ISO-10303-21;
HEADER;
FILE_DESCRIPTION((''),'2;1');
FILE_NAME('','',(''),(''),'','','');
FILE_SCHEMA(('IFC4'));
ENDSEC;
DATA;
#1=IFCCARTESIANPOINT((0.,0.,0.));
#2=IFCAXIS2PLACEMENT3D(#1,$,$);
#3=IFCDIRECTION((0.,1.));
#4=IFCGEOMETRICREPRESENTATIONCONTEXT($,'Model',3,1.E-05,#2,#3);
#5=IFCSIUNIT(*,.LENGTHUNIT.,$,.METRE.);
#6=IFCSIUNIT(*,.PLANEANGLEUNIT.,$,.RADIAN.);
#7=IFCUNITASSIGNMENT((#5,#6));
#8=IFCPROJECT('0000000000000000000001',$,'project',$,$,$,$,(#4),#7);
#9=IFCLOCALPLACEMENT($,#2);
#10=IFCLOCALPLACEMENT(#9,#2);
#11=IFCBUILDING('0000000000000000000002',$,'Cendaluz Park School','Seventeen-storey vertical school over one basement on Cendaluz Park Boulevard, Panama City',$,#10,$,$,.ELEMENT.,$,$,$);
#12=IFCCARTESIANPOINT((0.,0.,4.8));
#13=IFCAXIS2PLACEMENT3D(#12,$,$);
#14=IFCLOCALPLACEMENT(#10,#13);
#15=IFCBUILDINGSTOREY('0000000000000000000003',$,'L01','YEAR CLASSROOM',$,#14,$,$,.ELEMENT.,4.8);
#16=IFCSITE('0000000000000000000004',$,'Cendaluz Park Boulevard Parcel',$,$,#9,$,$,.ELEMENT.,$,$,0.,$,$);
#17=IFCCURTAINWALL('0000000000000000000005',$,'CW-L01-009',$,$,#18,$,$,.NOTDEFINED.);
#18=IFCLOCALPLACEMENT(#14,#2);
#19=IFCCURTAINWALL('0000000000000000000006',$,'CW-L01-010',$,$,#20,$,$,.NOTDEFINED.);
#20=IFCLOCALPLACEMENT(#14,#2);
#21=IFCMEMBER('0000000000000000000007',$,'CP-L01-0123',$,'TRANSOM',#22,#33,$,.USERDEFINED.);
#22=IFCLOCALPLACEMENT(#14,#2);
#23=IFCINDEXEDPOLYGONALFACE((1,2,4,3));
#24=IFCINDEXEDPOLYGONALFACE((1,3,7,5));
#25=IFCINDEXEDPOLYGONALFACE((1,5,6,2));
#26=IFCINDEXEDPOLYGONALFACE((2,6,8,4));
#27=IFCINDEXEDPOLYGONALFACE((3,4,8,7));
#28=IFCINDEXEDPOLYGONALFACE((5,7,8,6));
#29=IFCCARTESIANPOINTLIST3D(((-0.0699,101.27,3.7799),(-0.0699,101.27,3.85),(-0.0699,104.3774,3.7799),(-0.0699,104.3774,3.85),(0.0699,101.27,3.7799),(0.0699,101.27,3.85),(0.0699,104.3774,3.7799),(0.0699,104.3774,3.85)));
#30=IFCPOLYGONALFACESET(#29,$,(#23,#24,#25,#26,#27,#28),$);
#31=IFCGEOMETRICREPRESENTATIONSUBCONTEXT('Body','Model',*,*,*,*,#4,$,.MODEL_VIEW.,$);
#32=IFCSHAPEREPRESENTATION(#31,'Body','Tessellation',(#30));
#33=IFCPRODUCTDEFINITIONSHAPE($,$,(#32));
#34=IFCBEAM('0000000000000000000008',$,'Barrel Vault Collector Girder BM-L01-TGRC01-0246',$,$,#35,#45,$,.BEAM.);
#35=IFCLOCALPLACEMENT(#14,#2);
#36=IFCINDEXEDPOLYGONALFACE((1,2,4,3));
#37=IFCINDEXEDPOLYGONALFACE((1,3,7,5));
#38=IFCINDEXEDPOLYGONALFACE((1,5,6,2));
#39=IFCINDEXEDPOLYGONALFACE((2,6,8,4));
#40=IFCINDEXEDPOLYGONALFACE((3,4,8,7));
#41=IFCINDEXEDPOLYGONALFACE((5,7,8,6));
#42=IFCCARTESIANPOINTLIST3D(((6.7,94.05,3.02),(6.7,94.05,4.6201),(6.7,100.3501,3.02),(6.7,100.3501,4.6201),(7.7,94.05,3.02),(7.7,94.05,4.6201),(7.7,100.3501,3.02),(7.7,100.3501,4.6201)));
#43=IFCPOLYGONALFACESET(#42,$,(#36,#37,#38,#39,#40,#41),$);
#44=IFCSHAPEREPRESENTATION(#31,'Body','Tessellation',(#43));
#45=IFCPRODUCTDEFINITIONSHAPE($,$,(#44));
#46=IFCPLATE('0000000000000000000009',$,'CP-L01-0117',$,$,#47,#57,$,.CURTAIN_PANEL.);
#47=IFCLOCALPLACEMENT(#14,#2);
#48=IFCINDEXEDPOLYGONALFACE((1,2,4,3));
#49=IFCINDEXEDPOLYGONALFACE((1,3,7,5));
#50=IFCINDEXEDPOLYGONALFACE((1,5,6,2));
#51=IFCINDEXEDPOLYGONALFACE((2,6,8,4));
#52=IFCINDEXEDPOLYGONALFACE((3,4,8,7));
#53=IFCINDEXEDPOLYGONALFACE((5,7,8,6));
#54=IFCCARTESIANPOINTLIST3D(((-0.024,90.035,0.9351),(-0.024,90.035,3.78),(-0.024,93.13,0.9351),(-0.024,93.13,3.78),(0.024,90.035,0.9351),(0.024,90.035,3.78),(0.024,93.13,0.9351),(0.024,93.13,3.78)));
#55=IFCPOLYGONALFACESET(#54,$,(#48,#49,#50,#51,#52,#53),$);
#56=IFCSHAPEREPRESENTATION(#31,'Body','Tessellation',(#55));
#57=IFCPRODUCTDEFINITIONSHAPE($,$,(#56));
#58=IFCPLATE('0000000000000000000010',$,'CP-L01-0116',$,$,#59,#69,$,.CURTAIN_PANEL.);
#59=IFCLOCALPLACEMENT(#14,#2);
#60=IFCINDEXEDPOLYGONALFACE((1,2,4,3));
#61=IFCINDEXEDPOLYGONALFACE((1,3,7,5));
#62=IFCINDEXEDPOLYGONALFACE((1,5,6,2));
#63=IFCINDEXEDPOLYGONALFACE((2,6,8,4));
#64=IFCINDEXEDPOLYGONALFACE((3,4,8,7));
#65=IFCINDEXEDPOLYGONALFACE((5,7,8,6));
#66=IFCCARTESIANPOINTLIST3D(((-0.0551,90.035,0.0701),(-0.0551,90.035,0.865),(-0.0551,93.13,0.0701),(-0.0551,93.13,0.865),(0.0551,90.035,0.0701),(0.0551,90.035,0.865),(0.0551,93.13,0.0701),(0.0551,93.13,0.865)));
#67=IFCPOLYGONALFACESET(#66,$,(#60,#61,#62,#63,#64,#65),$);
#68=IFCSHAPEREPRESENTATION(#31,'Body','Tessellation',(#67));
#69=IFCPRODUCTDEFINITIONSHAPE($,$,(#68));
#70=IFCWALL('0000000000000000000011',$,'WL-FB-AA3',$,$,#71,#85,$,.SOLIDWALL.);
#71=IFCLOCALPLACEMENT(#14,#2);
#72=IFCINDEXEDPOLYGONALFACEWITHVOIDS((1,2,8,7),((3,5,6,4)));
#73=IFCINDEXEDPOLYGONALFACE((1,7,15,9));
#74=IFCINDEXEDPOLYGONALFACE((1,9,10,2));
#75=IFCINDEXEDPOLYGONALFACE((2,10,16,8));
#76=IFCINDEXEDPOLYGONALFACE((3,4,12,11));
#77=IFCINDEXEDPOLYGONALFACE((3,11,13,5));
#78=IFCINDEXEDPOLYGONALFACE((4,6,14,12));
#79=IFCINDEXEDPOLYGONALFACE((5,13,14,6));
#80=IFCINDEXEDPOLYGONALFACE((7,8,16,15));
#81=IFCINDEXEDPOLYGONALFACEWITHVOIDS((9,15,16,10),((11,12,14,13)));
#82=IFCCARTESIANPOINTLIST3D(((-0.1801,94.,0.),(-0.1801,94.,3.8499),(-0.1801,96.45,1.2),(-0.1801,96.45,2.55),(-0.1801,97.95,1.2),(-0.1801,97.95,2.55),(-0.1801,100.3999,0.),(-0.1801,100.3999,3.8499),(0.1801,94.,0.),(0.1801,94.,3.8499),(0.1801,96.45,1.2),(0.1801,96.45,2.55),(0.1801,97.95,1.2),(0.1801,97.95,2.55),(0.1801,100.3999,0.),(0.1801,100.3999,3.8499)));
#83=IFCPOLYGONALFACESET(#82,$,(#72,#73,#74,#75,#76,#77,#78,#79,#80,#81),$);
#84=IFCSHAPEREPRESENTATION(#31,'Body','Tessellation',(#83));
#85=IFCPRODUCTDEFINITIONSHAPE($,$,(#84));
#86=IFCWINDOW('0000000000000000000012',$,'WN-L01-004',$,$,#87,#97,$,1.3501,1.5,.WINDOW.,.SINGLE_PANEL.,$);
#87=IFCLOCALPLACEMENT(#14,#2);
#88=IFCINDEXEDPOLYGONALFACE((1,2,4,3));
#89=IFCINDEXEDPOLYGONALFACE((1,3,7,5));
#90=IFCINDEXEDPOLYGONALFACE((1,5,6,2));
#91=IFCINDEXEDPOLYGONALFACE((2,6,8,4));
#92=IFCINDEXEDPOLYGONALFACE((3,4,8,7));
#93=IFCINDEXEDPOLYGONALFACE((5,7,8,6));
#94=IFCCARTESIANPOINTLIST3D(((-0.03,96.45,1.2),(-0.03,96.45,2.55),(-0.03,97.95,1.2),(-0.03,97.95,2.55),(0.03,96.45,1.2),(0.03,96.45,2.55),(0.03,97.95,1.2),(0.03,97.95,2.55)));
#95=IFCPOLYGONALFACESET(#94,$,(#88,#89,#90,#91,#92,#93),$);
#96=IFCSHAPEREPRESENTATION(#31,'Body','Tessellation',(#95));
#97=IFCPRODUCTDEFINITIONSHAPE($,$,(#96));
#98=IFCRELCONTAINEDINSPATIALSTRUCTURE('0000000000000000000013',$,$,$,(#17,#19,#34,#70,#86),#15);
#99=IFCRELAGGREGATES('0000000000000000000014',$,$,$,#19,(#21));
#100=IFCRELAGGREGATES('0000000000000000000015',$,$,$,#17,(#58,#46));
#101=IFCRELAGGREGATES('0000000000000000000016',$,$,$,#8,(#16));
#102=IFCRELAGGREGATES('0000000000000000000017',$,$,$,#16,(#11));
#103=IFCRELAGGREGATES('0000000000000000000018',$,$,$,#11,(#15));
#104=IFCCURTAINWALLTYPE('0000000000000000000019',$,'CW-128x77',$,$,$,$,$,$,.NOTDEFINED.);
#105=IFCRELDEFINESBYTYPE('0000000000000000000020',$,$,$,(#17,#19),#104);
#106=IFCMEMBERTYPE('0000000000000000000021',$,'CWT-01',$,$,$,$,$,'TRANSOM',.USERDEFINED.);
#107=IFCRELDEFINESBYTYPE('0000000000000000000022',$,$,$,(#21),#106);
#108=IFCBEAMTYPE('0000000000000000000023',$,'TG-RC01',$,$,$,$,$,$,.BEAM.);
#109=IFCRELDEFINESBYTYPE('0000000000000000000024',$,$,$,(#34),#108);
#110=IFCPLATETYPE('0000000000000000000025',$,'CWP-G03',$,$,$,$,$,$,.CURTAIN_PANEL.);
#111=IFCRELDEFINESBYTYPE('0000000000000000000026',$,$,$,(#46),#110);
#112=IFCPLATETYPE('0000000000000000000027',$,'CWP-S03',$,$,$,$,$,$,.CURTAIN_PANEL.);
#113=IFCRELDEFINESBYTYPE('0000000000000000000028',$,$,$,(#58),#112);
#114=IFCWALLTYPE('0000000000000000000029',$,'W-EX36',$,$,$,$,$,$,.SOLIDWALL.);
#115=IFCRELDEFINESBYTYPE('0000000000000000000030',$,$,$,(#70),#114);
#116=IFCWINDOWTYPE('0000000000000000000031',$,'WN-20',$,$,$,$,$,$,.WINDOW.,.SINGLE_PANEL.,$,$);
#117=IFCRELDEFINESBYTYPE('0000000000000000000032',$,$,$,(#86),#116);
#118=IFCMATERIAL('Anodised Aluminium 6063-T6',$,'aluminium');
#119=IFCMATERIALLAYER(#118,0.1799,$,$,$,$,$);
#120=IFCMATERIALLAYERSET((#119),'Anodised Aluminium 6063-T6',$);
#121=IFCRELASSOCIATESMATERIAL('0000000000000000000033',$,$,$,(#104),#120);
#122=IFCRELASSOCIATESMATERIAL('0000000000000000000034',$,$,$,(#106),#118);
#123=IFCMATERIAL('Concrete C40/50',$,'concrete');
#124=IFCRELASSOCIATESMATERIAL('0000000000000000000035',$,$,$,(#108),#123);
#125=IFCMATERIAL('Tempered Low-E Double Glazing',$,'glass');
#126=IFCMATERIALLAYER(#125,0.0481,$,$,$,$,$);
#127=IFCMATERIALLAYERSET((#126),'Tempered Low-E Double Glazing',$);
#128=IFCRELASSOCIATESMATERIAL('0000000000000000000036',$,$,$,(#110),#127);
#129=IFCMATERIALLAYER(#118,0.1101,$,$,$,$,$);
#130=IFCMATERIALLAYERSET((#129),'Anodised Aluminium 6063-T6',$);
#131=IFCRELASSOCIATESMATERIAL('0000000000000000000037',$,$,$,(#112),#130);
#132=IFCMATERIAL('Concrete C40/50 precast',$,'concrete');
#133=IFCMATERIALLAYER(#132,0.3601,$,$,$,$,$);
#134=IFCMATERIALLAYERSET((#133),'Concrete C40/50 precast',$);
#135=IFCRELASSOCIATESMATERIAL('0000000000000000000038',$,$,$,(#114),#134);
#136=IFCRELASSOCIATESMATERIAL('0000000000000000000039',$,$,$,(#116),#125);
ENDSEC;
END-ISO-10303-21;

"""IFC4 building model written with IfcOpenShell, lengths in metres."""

from ifc_helpers import new_model, si_unit, direction, frame, frame_2d, origin, origin_2d, place, context, subcontext, project, spatial, rectangle, extrude, material, layer, layer_set, material_profile, profile_set, type_object, element, fill, aggregate, save


model = new_model("IFC4")

# Units and contexts
model_context = context("Model", 3, precision=1e-05, world=origin(), true_north=direction((0.0, 1.0)))
body_context = subcontext(model_context, "Body", "Model", "MODEL_VIEW")
ifc_project = project(units=[si_unit("LENGTHUNIT", "METRE"), si_unit("PLANEANGLEUNIT", "RADIAN")], contexts=[model_context])

# Site, building, storey
site_placement = place(None, origin())
site = spatial("IfcSite", under=ifc_project, at=site_placement, Name="Cendaluz Park Boulevard Parcel", CompositionType="ELEMENT", RefElevation=0.0)
building_placement = place(site_placement, origin())
building = spatial("IfcBuilding", under=site, at=building_placement, Name="Cendaluz Park School", Description="Seventeen-storey vertical school over one basement on Cendaluz Park Boulevard, Panama City", CompositionType="ELEMENT")
storey_placement = place(building_placement, frame((0.0, 0.0, 4.8)))
storey = spatial("IfcBuildingStorey", under=building, at=storey_placement, Name="L01", Description="YEAR CLASSROOM", CompositionType="ELEMENT", Elevation=4.8)

# Shared definitions
ifc_material_1 = material(Name="Concrete C40/50", Category="concrete")

# Curtain walls
ifc_material_2 = material(Name="Anodised Aluminium 6063-T6", Category="aluminium")
ifc_layer_1 = layer(ifc_material_2, 0.1799)
ifc_layer_set_1 = layer_set([ifc_layer_1], Name="Anodised Aluminium 6063-T6")
curtain_wall_type = type_object("IfcCurtainWallType", Name="CW-128x77", PredefinedType="NOTDEFINED", material=ifc_layer_set_1)
curtain_wall_1_placement = place(storey_placement, origin())
curtain_wall_1 = element("IfcCurtainWall", 1, at=curtain_wall_1_placement, inside=storey, type_object=curtain_wall_type, Name="CW-L01-009", PredefinedType="NOTDEFINED")
curtain_wall_2_placement = place(storey_placement, origin())
curtain_wall_2 = element("IfcCurtainWall", 2, at=curtain_wall_2_placement, inside=storey, type_object=curtain_wall_type, Name="CW-L01-010", PredefinedType="NOTDEFINED")

# Member
ifc_material_profile_1 = material_profile(ifc_material_2, rectangle(XDim=0.1399, YDim=0.0701, at=origin_2d()), Name="CWT 140x70", Category="aluminium")
ifc_profile_set_1 = profile_set([ifc_material_profile_1], Name="Anodised Aluminium 6063-T6")
member_type_1 = type_object("IfcMemberType", Name="CWT-01", ElementType="TRANSOM", PredefinedType="USERDEFINED", material=ifc_profile_set_1)
member_1_placement = place(storey_placement, frame((0.0, 101.27, 3.8149), z_axis=(0.0, 1.0, 0.0), x_axis=(-1.0, 0.0, 0.0)))
member_1 = element("IfcMember", 3, at=member_1_placement, type_object=member_type_1, Name="CP-L01-0123", ObjectType="TRANSOM", PredefinedType="USERDEFINED", context=body_context, shape_type="SweptSolid", body=[
    extrude(rectangle(XDim=0.1399, YDim=0.0701, at=origin_2d()), origin(), (0.0, 0.0, 1.0), 3.1074),
])
aggregate(curtain_wall_2, [member_1])

# Beam
ifc_material_profile_2 = material_profile(ifc_material_1, rectangle(XDim=1.0, YDim=1.6001, at=origin_2d()), Name="RC 1000x1600", Category="concrete")
ifc_profile_set_2 = profile_set([ifc_material_profile_2], Name="Concrete C40/50")
beam_type_1 = type_object("IfcBeamType", Name="TG-RC01", PredefinedType="BEAM", material=ifc_profile_set_2)
beam_1_placement = place(storey_placement, frame((7.2, 94.05, 3.8201), z_axis=(0.0, 1.0, 0.0), x_axis=(-1.0, 0.0, 0.0)))
element("IfcBeam", 4, at=beam_1_placement, inside=storey, type_object=beam_type_1, Name="Barrel Vault Collector Girder BM-L01-TGRC01-0246", PredefinedType="BEAM", context=body_context, shape_type="SweptSolid", body=[
    extrude(rectangle(XDim=1.0, YDim=1.6001, at=origin_2d()), origin(), (0.0, 0.0, 1.0), 6.3),
])

# Plates
ifc_material_3 = material(Name="Tempered Low-E Double Glazing", Category="glass")
ifc_layer_2 = layer(ifc_material_3, 0.0481)
ifc_layer_set_2 = layer_set([ifc_layer_2], Name="Tempered Low-E Double Glazing")
plate_type_1 = type_object("IfcPlateType", Name="CWP-G03", PredefinedType="CURTAIN_PANEL", material=ifc_layer_set_2)
plate_1_placement = place(storey_placement, frame((0.0, 91.5825, 0.9351), z_axis=(0.0, 0.0, 1.0), x_axis=(0.0, 1.0, 0.0)))
plate_1 = element("IfcPlate", 5, at=plate_1_placement, type_object=plate_type_1, Name="CP-L01-0117", PredefinedType="CURTAIN_PANEL", context=body_context, shape_type="SweptSolid", body=[
    extrude(rectangle(XDim=3.095, YDim=0.0481, at=origin_2d()), origin(), (0.0, 0.0, 1.0), 2.845),
])
ifc_layer_3 = layer(ifc_material_2, 0.1101)
ifc_layer_set_3 = layer_set([ifc_layer_3], Name="Anodised Aluminium 6063-T6")
plate_type_2 = type_object("IfcPlateType", Name="CWP-S03", PredefinedType="CURTAIN_PANEL", material=ifc_layer_set_3)
plate_2_placement = place(storey_placement, frame((0.0, 91.5825, 0.0701), z_axis=(0.0, 0.0, 1.0), x_axis=(0.0, 1.0, 0.0)))
plate_2 = element("IfcPlate", 6, at=plate_2_placement, type_object=plate_type_2, Name="CP-L01-0116", PredefinedType="CURTAIN_PANEL", context=body_context, shape_type="SweptSolid", body=[
    extrude(rectangle(XDim=3.095, YDim=0.1101, at=origin_2d()), origin(), (0.0, 0.0, 1.0), 0.7949),
])
aggregate(curtain_wall_1, [plate_2, plate_1])

# Wall, opening, window
ifc_material_4 = material(Name="Concrete C40/50 precast", Category="concrete")
ifc_layer_4 = layer(ifc_material_4, 0.3601)
ifc_layer_set_4 = layer_set([ifc_layer_4], Name="Concrete C40/50 precast")
wall_type = type_object("IfcWallType", Name="W-EX36", PredefinedType="SOLIDWALL", material=ifc_layer_set_4)
wall_placement = place(storey_placement, frame((0.0, 94.0, 0.0), z_axis=(0.0, 0.0, 1.0), x_axis=(0.0, 1.0, 0.0)))
wall = element("IfcWall", 7, at=wall_placement, inside=storey, type_object=wall_type, Name="WL-FB-AA3", PredefinedType="SOLIDWALL", context=body_context, shape_type="SweptSolid", body=[
    extrude(rectangle(XDim=6.3999, YDim=0.3601, at=frame_2d((3.2, 0.0))), origin(), (0.0, 0.0, 1.0), 3.8499),
])
opening_placement = place(wall_placement, frame((2.45, 0.0, 1.2)))
opening = element("IfcOpeningElement", 8, at=opening_placement, cuts=wall, PredefinedType="OPENING", context=body_context, shape_type="SweptSolid", body=[
    extrude(rectangle(XDim=1.5, YDim=1.3501, at=frame_2d((0.75, 0.675))), frame((0.0, 0.1921, 0.0), z_axis=(0.0, -1.0, 0.0), x_axis=(1.0, 0.0, 0.0)), (0.0, 0.0, 1.0), 0.384),
])
window_type = type_object("IfcWindowType", Name="WN-20", PartitioningType="SINGLE_PANEL", PredefinedType="WINDOW", material=ifc_material_3)
window_placement = place(opening_placement, origin())
window = element("IfcWindow", 9, at=window_placement, inside=storey, type_object=window_type, Name="WN-L01-004", OverallHeight=1.3501, OverallWidth=1.5, PartitioningType="SINGLE_PANEL", PredefinedType="WINDOW", context=body_context, shape_type="SweptSolid", body=[
    extrude(rectangle(XDim=1.5, YDim=1.3501, at=frame_2d((0.75, 0.675))), frame((0.0, 0.03, 0.0), z_axis=(0.0, -1.0, 0.0), x_axis=(1.0, 0.0, 0.0)), (0.0, 0.0, 1.0), 0.0601),
])
fill(opening, window)

save(model, "model.ifc")
